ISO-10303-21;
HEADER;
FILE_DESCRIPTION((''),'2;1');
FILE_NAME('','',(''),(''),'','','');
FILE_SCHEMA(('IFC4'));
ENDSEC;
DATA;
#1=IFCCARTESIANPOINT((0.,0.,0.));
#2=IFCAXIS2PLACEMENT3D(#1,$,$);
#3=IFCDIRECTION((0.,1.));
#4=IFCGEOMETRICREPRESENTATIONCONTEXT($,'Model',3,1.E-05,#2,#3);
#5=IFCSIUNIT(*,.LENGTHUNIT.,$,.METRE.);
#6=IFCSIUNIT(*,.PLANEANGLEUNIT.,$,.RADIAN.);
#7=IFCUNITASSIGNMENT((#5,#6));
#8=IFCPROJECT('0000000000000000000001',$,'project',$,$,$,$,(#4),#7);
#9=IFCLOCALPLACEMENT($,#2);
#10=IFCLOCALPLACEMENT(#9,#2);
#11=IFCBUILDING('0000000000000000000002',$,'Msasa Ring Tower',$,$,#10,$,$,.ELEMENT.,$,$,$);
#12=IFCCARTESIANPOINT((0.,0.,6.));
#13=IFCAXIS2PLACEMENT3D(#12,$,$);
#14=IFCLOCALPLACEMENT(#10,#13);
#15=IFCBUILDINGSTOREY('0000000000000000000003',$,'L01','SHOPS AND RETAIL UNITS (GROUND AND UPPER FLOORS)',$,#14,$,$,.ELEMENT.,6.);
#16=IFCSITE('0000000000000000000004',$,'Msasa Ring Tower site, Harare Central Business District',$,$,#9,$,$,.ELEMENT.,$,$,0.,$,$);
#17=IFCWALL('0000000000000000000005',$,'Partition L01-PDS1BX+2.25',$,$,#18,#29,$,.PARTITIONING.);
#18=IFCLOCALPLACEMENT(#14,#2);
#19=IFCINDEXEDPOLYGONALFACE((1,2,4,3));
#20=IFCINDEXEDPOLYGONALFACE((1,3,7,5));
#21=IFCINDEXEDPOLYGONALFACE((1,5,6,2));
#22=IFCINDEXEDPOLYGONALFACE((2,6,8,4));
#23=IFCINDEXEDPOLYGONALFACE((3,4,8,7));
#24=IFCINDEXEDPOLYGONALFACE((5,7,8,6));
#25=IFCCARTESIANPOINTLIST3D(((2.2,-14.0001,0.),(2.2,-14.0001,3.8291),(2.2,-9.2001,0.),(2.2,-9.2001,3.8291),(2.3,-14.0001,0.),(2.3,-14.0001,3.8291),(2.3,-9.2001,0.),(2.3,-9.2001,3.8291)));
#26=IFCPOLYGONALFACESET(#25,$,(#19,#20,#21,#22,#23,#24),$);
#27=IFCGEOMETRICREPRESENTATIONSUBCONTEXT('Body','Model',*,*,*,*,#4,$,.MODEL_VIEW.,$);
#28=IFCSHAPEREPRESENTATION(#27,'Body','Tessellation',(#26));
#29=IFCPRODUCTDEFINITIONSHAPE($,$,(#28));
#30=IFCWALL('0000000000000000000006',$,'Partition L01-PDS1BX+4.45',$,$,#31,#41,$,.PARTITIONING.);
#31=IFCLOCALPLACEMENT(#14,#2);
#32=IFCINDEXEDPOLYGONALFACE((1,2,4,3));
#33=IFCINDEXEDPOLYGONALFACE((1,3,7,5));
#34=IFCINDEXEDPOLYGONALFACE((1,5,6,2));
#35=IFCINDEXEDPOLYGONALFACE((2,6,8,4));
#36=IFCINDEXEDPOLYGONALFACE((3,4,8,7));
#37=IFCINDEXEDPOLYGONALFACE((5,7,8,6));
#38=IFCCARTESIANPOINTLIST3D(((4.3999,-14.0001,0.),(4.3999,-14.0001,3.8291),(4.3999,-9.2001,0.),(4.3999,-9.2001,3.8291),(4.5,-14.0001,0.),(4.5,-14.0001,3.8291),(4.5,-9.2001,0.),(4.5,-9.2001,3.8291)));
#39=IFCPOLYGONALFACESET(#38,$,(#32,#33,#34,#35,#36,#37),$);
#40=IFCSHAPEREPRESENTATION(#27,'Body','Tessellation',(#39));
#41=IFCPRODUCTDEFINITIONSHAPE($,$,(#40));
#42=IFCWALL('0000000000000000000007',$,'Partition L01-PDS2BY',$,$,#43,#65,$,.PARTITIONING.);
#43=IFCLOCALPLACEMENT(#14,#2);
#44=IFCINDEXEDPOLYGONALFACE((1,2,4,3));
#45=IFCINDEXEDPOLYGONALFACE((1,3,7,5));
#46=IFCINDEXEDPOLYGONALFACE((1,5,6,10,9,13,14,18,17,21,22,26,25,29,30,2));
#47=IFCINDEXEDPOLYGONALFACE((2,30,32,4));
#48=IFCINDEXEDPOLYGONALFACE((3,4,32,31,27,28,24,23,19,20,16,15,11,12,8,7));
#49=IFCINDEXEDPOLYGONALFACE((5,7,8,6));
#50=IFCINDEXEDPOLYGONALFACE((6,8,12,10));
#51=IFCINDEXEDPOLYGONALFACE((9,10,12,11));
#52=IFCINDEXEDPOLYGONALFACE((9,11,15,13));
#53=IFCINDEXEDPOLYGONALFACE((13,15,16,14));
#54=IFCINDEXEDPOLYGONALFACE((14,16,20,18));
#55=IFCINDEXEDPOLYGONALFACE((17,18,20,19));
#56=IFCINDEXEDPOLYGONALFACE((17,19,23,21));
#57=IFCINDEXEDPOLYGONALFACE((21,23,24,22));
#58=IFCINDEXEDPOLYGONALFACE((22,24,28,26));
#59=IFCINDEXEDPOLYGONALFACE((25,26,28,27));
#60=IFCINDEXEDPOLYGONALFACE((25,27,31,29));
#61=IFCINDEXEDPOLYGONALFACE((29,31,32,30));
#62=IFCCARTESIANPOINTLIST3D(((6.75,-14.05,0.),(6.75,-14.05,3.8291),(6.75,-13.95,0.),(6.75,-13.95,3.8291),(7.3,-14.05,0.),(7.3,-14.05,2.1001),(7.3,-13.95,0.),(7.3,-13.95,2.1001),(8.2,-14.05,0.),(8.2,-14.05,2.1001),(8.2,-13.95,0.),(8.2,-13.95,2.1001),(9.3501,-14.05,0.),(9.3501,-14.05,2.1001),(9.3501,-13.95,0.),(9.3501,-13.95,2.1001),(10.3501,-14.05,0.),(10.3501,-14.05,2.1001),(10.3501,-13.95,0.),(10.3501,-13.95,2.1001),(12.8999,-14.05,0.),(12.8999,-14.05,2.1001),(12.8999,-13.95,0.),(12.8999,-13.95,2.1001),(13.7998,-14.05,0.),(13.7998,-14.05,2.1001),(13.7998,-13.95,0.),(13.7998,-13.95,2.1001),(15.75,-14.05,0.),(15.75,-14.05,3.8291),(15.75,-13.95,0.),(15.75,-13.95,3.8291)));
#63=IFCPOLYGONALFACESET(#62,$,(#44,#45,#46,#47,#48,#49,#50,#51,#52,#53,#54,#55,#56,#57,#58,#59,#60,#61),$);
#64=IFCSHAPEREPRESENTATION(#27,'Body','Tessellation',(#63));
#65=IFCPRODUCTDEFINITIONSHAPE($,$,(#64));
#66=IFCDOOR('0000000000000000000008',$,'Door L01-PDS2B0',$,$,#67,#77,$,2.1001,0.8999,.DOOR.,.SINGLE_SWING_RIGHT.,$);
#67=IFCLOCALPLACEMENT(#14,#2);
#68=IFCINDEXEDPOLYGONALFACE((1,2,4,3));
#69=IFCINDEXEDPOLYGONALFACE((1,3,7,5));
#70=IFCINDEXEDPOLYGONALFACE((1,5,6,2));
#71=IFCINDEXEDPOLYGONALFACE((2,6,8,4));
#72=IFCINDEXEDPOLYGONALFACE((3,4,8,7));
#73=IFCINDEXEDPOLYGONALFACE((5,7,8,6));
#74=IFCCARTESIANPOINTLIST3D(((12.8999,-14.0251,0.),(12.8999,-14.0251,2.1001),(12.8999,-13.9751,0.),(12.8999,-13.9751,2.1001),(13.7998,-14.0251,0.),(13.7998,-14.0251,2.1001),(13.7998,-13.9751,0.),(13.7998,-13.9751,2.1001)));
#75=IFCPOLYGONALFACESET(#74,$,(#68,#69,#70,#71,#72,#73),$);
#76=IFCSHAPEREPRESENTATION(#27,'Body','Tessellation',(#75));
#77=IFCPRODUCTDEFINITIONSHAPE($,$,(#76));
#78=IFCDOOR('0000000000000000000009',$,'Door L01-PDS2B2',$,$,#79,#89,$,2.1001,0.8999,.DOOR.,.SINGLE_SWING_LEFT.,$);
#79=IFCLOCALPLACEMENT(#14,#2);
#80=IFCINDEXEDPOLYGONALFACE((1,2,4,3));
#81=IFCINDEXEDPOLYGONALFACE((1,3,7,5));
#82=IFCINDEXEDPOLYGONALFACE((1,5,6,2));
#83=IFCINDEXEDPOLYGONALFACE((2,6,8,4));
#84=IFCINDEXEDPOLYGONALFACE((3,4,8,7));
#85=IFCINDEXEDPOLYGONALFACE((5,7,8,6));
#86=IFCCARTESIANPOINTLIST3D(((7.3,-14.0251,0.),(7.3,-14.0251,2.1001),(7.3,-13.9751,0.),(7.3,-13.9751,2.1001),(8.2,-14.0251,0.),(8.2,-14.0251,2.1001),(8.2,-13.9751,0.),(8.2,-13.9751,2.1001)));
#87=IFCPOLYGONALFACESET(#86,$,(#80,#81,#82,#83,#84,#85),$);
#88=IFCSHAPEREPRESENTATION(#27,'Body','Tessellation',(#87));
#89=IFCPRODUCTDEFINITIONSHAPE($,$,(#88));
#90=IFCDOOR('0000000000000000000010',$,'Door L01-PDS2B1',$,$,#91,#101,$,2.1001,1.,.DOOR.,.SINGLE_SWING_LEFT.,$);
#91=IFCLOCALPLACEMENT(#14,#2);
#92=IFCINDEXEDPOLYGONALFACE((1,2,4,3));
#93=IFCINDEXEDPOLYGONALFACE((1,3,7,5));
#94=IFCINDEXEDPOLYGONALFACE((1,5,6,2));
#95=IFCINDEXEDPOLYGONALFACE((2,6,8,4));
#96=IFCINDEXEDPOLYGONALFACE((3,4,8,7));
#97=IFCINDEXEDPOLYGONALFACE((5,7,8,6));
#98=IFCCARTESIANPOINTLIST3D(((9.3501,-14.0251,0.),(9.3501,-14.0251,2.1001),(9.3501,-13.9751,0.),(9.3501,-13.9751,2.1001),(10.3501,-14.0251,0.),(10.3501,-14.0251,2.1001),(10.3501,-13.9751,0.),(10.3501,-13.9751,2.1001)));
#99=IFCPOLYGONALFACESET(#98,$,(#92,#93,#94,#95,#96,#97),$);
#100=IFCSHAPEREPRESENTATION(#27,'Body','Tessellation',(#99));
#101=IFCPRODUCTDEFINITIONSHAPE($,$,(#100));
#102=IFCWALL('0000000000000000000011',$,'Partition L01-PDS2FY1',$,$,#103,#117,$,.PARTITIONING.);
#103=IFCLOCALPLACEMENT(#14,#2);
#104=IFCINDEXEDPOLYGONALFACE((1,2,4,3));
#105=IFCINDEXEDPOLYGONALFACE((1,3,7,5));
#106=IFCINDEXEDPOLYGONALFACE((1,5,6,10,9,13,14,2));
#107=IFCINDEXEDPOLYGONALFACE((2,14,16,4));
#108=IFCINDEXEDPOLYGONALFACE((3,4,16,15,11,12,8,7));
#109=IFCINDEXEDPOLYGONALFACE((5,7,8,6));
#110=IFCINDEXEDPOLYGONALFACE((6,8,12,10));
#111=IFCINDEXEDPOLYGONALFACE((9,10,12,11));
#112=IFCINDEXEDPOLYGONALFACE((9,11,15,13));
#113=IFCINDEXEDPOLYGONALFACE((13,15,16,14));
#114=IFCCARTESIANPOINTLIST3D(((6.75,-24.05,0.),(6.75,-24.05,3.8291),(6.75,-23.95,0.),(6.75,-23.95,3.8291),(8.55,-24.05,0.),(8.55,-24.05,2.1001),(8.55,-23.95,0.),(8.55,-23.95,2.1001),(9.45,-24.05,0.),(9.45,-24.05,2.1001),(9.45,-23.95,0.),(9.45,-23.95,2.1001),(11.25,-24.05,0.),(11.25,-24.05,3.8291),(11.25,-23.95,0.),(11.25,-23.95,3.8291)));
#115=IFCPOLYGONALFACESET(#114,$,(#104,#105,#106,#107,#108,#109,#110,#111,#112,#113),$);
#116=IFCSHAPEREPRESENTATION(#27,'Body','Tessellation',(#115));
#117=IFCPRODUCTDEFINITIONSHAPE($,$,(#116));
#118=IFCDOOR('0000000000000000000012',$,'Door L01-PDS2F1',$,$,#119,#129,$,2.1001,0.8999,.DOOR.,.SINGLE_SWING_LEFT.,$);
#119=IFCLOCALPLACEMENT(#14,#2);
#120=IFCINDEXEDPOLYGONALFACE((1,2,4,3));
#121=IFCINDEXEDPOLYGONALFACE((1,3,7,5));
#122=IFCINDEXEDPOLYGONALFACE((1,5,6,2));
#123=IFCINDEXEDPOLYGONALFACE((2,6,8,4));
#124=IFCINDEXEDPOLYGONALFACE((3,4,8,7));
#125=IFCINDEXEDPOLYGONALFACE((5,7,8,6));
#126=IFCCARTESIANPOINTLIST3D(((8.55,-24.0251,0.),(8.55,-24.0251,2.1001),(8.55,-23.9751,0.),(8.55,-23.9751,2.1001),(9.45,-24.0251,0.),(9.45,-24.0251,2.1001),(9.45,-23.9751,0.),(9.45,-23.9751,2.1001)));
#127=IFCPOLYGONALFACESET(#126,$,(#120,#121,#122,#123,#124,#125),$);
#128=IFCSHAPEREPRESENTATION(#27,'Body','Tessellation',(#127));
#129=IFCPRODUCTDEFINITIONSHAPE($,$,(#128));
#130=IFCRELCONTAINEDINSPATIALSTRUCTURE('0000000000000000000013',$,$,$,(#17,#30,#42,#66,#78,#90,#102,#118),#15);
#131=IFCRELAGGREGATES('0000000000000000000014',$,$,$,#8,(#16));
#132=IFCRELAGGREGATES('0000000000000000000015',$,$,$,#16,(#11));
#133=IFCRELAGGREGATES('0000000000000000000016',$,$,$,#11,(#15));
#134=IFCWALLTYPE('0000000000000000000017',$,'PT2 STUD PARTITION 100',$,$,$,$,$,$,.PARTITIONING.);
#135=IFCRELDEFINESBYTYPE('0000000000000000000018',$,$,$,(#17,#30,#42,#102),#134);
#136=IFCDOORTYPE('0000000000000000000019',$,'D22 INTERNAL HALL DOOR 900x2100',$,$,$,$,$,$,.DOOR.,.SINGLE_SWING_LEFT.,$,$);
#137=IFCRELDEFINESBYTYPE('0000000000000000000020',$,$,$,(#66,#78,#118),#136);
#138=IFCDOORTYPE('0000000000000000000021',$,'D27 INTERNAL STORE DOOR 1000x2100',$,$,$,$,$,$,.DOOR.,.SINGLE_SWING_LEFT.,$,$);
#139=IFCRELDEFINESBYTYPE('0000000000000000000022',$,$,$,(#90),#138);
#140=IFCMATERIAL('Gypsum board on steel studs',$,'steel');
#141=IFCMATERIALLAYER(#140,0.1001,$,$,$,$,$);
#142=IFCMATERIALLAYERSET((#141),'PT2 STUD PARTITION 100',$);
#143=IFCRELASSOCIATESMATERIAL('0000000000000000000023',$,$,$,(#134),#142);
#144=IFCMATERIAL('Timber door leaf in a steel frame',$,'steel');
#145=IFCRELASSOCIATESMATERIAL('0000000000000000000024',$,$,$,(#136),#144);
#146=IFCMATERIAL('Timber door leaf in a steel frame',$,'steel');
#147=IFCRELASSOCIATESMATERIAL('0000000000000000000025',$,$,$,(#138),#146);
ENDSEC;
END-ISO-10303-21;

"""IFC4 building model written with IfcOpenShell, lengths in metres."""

from ifc_helpers import new_model, si_unit, direction, frame, frame_2d, origin, place, context, subcontext, project, spatial, rectangle, extrude, material, layer, layer_set, type_object, element, fill, save


model = new_model("IFC4")

# Units and contexts
model_context = context("Model", 3, precision=1e-05, world=origin(), true_north=direction((0.0, 1.0)))
body_context = subcontext(model_context, "Body", "Model", "MODEL_VIEW")
ifc_project = project(units=[si_unit("LENGTHUNIT", "METRE"), si_unit("PLANEANGLEUNIT", "RADIAN")], contexts=[model_context])

# Site, building, storey
site_placement = place(None, origin())
site = spatial("IfcSite", under=ifc_project, at=site_placement, Name="Msasa Ring Tower site, Harare Central Business District", CompositionType="ELEMENT", RefElevation=0.0)
building_placement = place(site_placement, origin())
building = spatial("IfcBuilding", under=site, at=building_placement, Name="Msasa Ring Tower", CompositionType="ELEMENT")
storey_placement = place(building_placement, frame((0.0, 0.0, 6.0)))
storey = spatial("IfcBuildingStorey", under=building, at=storey_placement, Name="L01", Description="SHOPS AND RETAIL UNITS (GROUND AND UPPER FLOORS)", CompositionType="ELEMENT", Elevation=6.0)

# Shared definitions
ifc_material_1 = material(Name="Gypsum board on steel studs", Category="steel")
ifc_layer = layer(ifc_material_1, 0.1001)
ifc_layer_set = layer_set([ifc_layer], Name="PT2 STUD PARTITION 100")
wall_type = type_object("IfcWallType", Name="PT2 STUD PARTITION 100", PredefinedType="PARTITIONING", material=ifc_layer_set)
ifc_material_2 = material(Name="Timber door leaf in a steel frame", Category="steel")
door_type_1 = type_object("IfcDoorType", Name="D22 INTERNAL HALL DOOR 900x2100", OperationType="SINGLE_SWING_LEFT", PredefinedType="DOOR", material=ifc_material_2)
ifc_material_3 = material(Name="Timber door leaf in a steel frame", Category="steel")
door_type_2 = type_object("IfcDoorType", Name="D27 INTERNAL STORE DOOR 1000x2100", OperationType="SINGLE_SWING_LEFT", PredefinedType="DOOR", material=ifc_material_3)

# Walls
for number, where, z_axis, x_axis, name in (
    (1, (2.25, -14.0, 0.0), (0.0, 0.0, 1.0), (0.0, 1.0, 0.0), "Partition L01-PDS1BX+2.25"),
    (2, (4.45, -14.0, 0.0), (0.0, 0.0, 1.0), (0.0, 1.0, 0.0), "Partition L01-PDS1BX+4.45"),
):
    element("IfcWall", number, at=place(storey_placement, frame(where, z_axis=z_axis, x_axis=x_axis)), inside=storey, type_object=wall_type, Name=name, PredefinedType="PARTITIONING", context=body_context, shape_type="SweptSolid", body=[
        extrude(rectangle(XDim=4.8, YDim=0.1001, at=frame_2d((2.3999, 0.0))), origin(), (0.0, 0.0, 1.0), 3.8291),
    ])

# Wall, openings, doors
wall_1_placement = place(storey_placement, frame((6.75, -14.0, 0.0), z_axis=(0.0, 0.0, 1.0), x_axis=(1.0, 0.0, 0.0)))
wall_1 = element("IfcWall", 3, at=wall_1_placement, inside=storey, type_object=wall_type, Name="Partition L01-PDS2BY", PredefinedType="PARTITIONING", context=body_context, shape_type="SweptSolid", body=[
    extrude(rectangle(XDim=9.0, YDim=0.1001, at=frame_2d((4.5, 0.0))), origin(), (0.0, 0.0, 1.0), 3.8291),
])
opening_1_placement = place(wall_1_placement, frame((6.1499, 0.0, 0.0)))
opening_1 = element("IfcOpeningElement", 4, at=opening_1_placement, cuts=wall_1, PredefinedType="OPENING", context=body_context, shape_type="SweptSolid", body=[
    extrude(rectangle(XDim=0.8999, YDim=2.1001, at=frame_2d((0.45, 1.05))), frame((0.0, 0.0601, 0.0), z_axis=(0.0, -1.0, 0.0), x_axis=(1.0, 0.0, 0.0)), (0.0, 0.0, 1.0), 0.1201),
])
opening_2_placement = place(wall_1_placement, frame((2.6001, 0.0, 0.0)))
opening_2 = element("IfcOpeningElement", 5, at=opening_2_placement, cuts=wall_1, PredefinedType="OPENING", context=body_context, shape_type="SweptSolid", body=[
    extrude(rectangle(XDim=1.0, YDim=2.1001, at=frame_2d((0.5, 1.05))), frame((0.0, 0.0601, 0.0), z_axis=(0.0, -1.0, 0.0), x_axis=(1.0, 0.0, 0.0)), (0.0, 0.0, 1.0), 0.1201),
])
opening_3_placement = place(wall_1_placement, frame((0.55, 0.0, 0.0)))
opening_3 = element("IfcOpeningElement", 6, at=opening_3_placement, cuts=wall_1, PredefinedType="OPENING", context=body_context, shape_type="SweptSolid", body=[
    extrude(rectangle(XDim=0.8999, YDim=2.1001, at=frame_2d((0.45, 1.05))), frame((0.0, 0.0601, 0.0), z_axis=(0.0, -1.0, 0.0), x_axis=(1.0, 0.0, 0.0)), (0.0, 0.0, 1.0), 0.1201),
])
door_1_placement = place(opening_1_placement, origin())
door_1 = element("IfcDoor", 7, at=door_1_placement, inside=storey, type_object=door_type_1, Name="Door L01-PDS2B0", OperationType="SINGLE_SWING_RIGHT", OverallHeight=2.1001, OverallWidth=0.8999, PredefinedType="DOOR", context=body_context, shape_type="SweptSolid", body=[
    extrude(rectangle(XDim=0.8999, YDim=2.1001, at=frame_2d((0.45, 1.05))), frame((0.0, 0.0249, 0.0), z_axis=(0.0, -1.0, 0.0), x_axis=(1.0, 0.0, 0.0)), (0.0, 0.0, 1.0), 0.05),
])
fill(opening_1, door_1)
door_2_placement = place(opening_3_placement, origin())
door_2 = element("IfcDoor", 8, at=door_2_placement, inside=storey, type_object=door_type_1, Name="Door L01-PDS2B2", OperationType="SINGLE_SWING_LEFT", OverallHeight=2.1001, OverallWidth=0.8999, PredefinedType="DOOR", context=body_context, shape_type="SweptSolid", body=[
    extrude(rectangle(XDim=0.8999, YDim=2.1001, at=frame_2d((0.45, 1.05))), frame((0.0, 0.0249, 0.0), z_axis=(0.0, -1.0, 0.0), x_axis=(1.0, 0.0, 0.0)), (0.0, 0.0, 1.0), 0.05),
])
fill(opening_3, door_2)
door_3_placement = place(opening_2_placement, origin())
door_3 = element("IfcDoor", 9, at=door_3_placement, inside=storey, type_object=door_type_2, Name="Door L01-PDS2B1", OperationType="SINGLE_SWING_LEFT", OverallHeight=2.1001, OverallWidth=1.0, PredefinedType="DOOR", context=body_context, shape_type="SweptSolid", body=[
    extrude(rectangle(XDim=1.0, YDim=2.1001, at=frame_2d((0.5, 1.05))), frame((0.0, 0.0249, 0.0), z_axis=(0.0, -1.0, 0.0), x_axis=(1.0, 0.0, 0.0)), (0.0, 0.0, 1.0), 0.05),
])
fill(opening_2, door_3)

# Wall, opening, door
wall_2_placement = place(storey_placement, frame((6.75, -24.0, 0.0), z_axis=(0.0, 0.0, 1.0), x_axis=(1.0, 0.0, 0.0)))
wall_2 = element("IfcWall", 10, at=wall_2_placement, inside=storey, type_object=wall_type, Name="Partition L01-PDS2FY1", PredefinedType="PARTITIONING", context=body_context, shape_type="SweptSolid", body=[
    extrude(rectangle(XDim=4.5, YDim=0.1001, at=frame_2d((2.25, 0.0))), origin(), (0.0, 0.0, 1.0), 3.8291),
])
opening_4_placement = place(wall_2_placement, frame((1.8, 0.0, 0.0)))
opening_4 = element("IfcOpeningElement", 11, at=opening_4_placement, cuts=wall_2, PredefinedType="OPENING", context=body_context, shape_type="SweptSolid", body=[
    extrude(rectangle(XDim=0.8999, YDim=2.1001, at=frame_2d((0.45, 1.05))), frame((0.0, 0.0601, 0.0), z_axis=(0.0, -1.0, 0.0), x_axis=(1.0, 0.0, 0.0)), (0.0, 0.0, 1.0), 0.1201),
])
door_4_placement = place(opening_4_placement, origin())
door_4 = element("IfcDoor", 12, at=door_4_placement, inside=storey, type_object=door_type_1, Name="Door L01-PDS2F1", OperationType="SINGLE_SWING_LEFT", OverallHeight=2.1001, OverallWidth=0.8999, PredefinedType="DOOR", context=body_context, shape_type="SweptSolid", body=[
    extrude(rectangle(XDim=0.8999, YDim=2.1001, at=frame_2d((0.45, 1.05))), frame((0.0, 0.0249, 0.0), z_axis=(0.0, -1.0, 0.0), x_axis=(1.0, 0.0, 0.0)), (0.0, 0.0, 1.0), 0.05),
])
fill(opening_4, door_4)

save(model, "model.ifc")
